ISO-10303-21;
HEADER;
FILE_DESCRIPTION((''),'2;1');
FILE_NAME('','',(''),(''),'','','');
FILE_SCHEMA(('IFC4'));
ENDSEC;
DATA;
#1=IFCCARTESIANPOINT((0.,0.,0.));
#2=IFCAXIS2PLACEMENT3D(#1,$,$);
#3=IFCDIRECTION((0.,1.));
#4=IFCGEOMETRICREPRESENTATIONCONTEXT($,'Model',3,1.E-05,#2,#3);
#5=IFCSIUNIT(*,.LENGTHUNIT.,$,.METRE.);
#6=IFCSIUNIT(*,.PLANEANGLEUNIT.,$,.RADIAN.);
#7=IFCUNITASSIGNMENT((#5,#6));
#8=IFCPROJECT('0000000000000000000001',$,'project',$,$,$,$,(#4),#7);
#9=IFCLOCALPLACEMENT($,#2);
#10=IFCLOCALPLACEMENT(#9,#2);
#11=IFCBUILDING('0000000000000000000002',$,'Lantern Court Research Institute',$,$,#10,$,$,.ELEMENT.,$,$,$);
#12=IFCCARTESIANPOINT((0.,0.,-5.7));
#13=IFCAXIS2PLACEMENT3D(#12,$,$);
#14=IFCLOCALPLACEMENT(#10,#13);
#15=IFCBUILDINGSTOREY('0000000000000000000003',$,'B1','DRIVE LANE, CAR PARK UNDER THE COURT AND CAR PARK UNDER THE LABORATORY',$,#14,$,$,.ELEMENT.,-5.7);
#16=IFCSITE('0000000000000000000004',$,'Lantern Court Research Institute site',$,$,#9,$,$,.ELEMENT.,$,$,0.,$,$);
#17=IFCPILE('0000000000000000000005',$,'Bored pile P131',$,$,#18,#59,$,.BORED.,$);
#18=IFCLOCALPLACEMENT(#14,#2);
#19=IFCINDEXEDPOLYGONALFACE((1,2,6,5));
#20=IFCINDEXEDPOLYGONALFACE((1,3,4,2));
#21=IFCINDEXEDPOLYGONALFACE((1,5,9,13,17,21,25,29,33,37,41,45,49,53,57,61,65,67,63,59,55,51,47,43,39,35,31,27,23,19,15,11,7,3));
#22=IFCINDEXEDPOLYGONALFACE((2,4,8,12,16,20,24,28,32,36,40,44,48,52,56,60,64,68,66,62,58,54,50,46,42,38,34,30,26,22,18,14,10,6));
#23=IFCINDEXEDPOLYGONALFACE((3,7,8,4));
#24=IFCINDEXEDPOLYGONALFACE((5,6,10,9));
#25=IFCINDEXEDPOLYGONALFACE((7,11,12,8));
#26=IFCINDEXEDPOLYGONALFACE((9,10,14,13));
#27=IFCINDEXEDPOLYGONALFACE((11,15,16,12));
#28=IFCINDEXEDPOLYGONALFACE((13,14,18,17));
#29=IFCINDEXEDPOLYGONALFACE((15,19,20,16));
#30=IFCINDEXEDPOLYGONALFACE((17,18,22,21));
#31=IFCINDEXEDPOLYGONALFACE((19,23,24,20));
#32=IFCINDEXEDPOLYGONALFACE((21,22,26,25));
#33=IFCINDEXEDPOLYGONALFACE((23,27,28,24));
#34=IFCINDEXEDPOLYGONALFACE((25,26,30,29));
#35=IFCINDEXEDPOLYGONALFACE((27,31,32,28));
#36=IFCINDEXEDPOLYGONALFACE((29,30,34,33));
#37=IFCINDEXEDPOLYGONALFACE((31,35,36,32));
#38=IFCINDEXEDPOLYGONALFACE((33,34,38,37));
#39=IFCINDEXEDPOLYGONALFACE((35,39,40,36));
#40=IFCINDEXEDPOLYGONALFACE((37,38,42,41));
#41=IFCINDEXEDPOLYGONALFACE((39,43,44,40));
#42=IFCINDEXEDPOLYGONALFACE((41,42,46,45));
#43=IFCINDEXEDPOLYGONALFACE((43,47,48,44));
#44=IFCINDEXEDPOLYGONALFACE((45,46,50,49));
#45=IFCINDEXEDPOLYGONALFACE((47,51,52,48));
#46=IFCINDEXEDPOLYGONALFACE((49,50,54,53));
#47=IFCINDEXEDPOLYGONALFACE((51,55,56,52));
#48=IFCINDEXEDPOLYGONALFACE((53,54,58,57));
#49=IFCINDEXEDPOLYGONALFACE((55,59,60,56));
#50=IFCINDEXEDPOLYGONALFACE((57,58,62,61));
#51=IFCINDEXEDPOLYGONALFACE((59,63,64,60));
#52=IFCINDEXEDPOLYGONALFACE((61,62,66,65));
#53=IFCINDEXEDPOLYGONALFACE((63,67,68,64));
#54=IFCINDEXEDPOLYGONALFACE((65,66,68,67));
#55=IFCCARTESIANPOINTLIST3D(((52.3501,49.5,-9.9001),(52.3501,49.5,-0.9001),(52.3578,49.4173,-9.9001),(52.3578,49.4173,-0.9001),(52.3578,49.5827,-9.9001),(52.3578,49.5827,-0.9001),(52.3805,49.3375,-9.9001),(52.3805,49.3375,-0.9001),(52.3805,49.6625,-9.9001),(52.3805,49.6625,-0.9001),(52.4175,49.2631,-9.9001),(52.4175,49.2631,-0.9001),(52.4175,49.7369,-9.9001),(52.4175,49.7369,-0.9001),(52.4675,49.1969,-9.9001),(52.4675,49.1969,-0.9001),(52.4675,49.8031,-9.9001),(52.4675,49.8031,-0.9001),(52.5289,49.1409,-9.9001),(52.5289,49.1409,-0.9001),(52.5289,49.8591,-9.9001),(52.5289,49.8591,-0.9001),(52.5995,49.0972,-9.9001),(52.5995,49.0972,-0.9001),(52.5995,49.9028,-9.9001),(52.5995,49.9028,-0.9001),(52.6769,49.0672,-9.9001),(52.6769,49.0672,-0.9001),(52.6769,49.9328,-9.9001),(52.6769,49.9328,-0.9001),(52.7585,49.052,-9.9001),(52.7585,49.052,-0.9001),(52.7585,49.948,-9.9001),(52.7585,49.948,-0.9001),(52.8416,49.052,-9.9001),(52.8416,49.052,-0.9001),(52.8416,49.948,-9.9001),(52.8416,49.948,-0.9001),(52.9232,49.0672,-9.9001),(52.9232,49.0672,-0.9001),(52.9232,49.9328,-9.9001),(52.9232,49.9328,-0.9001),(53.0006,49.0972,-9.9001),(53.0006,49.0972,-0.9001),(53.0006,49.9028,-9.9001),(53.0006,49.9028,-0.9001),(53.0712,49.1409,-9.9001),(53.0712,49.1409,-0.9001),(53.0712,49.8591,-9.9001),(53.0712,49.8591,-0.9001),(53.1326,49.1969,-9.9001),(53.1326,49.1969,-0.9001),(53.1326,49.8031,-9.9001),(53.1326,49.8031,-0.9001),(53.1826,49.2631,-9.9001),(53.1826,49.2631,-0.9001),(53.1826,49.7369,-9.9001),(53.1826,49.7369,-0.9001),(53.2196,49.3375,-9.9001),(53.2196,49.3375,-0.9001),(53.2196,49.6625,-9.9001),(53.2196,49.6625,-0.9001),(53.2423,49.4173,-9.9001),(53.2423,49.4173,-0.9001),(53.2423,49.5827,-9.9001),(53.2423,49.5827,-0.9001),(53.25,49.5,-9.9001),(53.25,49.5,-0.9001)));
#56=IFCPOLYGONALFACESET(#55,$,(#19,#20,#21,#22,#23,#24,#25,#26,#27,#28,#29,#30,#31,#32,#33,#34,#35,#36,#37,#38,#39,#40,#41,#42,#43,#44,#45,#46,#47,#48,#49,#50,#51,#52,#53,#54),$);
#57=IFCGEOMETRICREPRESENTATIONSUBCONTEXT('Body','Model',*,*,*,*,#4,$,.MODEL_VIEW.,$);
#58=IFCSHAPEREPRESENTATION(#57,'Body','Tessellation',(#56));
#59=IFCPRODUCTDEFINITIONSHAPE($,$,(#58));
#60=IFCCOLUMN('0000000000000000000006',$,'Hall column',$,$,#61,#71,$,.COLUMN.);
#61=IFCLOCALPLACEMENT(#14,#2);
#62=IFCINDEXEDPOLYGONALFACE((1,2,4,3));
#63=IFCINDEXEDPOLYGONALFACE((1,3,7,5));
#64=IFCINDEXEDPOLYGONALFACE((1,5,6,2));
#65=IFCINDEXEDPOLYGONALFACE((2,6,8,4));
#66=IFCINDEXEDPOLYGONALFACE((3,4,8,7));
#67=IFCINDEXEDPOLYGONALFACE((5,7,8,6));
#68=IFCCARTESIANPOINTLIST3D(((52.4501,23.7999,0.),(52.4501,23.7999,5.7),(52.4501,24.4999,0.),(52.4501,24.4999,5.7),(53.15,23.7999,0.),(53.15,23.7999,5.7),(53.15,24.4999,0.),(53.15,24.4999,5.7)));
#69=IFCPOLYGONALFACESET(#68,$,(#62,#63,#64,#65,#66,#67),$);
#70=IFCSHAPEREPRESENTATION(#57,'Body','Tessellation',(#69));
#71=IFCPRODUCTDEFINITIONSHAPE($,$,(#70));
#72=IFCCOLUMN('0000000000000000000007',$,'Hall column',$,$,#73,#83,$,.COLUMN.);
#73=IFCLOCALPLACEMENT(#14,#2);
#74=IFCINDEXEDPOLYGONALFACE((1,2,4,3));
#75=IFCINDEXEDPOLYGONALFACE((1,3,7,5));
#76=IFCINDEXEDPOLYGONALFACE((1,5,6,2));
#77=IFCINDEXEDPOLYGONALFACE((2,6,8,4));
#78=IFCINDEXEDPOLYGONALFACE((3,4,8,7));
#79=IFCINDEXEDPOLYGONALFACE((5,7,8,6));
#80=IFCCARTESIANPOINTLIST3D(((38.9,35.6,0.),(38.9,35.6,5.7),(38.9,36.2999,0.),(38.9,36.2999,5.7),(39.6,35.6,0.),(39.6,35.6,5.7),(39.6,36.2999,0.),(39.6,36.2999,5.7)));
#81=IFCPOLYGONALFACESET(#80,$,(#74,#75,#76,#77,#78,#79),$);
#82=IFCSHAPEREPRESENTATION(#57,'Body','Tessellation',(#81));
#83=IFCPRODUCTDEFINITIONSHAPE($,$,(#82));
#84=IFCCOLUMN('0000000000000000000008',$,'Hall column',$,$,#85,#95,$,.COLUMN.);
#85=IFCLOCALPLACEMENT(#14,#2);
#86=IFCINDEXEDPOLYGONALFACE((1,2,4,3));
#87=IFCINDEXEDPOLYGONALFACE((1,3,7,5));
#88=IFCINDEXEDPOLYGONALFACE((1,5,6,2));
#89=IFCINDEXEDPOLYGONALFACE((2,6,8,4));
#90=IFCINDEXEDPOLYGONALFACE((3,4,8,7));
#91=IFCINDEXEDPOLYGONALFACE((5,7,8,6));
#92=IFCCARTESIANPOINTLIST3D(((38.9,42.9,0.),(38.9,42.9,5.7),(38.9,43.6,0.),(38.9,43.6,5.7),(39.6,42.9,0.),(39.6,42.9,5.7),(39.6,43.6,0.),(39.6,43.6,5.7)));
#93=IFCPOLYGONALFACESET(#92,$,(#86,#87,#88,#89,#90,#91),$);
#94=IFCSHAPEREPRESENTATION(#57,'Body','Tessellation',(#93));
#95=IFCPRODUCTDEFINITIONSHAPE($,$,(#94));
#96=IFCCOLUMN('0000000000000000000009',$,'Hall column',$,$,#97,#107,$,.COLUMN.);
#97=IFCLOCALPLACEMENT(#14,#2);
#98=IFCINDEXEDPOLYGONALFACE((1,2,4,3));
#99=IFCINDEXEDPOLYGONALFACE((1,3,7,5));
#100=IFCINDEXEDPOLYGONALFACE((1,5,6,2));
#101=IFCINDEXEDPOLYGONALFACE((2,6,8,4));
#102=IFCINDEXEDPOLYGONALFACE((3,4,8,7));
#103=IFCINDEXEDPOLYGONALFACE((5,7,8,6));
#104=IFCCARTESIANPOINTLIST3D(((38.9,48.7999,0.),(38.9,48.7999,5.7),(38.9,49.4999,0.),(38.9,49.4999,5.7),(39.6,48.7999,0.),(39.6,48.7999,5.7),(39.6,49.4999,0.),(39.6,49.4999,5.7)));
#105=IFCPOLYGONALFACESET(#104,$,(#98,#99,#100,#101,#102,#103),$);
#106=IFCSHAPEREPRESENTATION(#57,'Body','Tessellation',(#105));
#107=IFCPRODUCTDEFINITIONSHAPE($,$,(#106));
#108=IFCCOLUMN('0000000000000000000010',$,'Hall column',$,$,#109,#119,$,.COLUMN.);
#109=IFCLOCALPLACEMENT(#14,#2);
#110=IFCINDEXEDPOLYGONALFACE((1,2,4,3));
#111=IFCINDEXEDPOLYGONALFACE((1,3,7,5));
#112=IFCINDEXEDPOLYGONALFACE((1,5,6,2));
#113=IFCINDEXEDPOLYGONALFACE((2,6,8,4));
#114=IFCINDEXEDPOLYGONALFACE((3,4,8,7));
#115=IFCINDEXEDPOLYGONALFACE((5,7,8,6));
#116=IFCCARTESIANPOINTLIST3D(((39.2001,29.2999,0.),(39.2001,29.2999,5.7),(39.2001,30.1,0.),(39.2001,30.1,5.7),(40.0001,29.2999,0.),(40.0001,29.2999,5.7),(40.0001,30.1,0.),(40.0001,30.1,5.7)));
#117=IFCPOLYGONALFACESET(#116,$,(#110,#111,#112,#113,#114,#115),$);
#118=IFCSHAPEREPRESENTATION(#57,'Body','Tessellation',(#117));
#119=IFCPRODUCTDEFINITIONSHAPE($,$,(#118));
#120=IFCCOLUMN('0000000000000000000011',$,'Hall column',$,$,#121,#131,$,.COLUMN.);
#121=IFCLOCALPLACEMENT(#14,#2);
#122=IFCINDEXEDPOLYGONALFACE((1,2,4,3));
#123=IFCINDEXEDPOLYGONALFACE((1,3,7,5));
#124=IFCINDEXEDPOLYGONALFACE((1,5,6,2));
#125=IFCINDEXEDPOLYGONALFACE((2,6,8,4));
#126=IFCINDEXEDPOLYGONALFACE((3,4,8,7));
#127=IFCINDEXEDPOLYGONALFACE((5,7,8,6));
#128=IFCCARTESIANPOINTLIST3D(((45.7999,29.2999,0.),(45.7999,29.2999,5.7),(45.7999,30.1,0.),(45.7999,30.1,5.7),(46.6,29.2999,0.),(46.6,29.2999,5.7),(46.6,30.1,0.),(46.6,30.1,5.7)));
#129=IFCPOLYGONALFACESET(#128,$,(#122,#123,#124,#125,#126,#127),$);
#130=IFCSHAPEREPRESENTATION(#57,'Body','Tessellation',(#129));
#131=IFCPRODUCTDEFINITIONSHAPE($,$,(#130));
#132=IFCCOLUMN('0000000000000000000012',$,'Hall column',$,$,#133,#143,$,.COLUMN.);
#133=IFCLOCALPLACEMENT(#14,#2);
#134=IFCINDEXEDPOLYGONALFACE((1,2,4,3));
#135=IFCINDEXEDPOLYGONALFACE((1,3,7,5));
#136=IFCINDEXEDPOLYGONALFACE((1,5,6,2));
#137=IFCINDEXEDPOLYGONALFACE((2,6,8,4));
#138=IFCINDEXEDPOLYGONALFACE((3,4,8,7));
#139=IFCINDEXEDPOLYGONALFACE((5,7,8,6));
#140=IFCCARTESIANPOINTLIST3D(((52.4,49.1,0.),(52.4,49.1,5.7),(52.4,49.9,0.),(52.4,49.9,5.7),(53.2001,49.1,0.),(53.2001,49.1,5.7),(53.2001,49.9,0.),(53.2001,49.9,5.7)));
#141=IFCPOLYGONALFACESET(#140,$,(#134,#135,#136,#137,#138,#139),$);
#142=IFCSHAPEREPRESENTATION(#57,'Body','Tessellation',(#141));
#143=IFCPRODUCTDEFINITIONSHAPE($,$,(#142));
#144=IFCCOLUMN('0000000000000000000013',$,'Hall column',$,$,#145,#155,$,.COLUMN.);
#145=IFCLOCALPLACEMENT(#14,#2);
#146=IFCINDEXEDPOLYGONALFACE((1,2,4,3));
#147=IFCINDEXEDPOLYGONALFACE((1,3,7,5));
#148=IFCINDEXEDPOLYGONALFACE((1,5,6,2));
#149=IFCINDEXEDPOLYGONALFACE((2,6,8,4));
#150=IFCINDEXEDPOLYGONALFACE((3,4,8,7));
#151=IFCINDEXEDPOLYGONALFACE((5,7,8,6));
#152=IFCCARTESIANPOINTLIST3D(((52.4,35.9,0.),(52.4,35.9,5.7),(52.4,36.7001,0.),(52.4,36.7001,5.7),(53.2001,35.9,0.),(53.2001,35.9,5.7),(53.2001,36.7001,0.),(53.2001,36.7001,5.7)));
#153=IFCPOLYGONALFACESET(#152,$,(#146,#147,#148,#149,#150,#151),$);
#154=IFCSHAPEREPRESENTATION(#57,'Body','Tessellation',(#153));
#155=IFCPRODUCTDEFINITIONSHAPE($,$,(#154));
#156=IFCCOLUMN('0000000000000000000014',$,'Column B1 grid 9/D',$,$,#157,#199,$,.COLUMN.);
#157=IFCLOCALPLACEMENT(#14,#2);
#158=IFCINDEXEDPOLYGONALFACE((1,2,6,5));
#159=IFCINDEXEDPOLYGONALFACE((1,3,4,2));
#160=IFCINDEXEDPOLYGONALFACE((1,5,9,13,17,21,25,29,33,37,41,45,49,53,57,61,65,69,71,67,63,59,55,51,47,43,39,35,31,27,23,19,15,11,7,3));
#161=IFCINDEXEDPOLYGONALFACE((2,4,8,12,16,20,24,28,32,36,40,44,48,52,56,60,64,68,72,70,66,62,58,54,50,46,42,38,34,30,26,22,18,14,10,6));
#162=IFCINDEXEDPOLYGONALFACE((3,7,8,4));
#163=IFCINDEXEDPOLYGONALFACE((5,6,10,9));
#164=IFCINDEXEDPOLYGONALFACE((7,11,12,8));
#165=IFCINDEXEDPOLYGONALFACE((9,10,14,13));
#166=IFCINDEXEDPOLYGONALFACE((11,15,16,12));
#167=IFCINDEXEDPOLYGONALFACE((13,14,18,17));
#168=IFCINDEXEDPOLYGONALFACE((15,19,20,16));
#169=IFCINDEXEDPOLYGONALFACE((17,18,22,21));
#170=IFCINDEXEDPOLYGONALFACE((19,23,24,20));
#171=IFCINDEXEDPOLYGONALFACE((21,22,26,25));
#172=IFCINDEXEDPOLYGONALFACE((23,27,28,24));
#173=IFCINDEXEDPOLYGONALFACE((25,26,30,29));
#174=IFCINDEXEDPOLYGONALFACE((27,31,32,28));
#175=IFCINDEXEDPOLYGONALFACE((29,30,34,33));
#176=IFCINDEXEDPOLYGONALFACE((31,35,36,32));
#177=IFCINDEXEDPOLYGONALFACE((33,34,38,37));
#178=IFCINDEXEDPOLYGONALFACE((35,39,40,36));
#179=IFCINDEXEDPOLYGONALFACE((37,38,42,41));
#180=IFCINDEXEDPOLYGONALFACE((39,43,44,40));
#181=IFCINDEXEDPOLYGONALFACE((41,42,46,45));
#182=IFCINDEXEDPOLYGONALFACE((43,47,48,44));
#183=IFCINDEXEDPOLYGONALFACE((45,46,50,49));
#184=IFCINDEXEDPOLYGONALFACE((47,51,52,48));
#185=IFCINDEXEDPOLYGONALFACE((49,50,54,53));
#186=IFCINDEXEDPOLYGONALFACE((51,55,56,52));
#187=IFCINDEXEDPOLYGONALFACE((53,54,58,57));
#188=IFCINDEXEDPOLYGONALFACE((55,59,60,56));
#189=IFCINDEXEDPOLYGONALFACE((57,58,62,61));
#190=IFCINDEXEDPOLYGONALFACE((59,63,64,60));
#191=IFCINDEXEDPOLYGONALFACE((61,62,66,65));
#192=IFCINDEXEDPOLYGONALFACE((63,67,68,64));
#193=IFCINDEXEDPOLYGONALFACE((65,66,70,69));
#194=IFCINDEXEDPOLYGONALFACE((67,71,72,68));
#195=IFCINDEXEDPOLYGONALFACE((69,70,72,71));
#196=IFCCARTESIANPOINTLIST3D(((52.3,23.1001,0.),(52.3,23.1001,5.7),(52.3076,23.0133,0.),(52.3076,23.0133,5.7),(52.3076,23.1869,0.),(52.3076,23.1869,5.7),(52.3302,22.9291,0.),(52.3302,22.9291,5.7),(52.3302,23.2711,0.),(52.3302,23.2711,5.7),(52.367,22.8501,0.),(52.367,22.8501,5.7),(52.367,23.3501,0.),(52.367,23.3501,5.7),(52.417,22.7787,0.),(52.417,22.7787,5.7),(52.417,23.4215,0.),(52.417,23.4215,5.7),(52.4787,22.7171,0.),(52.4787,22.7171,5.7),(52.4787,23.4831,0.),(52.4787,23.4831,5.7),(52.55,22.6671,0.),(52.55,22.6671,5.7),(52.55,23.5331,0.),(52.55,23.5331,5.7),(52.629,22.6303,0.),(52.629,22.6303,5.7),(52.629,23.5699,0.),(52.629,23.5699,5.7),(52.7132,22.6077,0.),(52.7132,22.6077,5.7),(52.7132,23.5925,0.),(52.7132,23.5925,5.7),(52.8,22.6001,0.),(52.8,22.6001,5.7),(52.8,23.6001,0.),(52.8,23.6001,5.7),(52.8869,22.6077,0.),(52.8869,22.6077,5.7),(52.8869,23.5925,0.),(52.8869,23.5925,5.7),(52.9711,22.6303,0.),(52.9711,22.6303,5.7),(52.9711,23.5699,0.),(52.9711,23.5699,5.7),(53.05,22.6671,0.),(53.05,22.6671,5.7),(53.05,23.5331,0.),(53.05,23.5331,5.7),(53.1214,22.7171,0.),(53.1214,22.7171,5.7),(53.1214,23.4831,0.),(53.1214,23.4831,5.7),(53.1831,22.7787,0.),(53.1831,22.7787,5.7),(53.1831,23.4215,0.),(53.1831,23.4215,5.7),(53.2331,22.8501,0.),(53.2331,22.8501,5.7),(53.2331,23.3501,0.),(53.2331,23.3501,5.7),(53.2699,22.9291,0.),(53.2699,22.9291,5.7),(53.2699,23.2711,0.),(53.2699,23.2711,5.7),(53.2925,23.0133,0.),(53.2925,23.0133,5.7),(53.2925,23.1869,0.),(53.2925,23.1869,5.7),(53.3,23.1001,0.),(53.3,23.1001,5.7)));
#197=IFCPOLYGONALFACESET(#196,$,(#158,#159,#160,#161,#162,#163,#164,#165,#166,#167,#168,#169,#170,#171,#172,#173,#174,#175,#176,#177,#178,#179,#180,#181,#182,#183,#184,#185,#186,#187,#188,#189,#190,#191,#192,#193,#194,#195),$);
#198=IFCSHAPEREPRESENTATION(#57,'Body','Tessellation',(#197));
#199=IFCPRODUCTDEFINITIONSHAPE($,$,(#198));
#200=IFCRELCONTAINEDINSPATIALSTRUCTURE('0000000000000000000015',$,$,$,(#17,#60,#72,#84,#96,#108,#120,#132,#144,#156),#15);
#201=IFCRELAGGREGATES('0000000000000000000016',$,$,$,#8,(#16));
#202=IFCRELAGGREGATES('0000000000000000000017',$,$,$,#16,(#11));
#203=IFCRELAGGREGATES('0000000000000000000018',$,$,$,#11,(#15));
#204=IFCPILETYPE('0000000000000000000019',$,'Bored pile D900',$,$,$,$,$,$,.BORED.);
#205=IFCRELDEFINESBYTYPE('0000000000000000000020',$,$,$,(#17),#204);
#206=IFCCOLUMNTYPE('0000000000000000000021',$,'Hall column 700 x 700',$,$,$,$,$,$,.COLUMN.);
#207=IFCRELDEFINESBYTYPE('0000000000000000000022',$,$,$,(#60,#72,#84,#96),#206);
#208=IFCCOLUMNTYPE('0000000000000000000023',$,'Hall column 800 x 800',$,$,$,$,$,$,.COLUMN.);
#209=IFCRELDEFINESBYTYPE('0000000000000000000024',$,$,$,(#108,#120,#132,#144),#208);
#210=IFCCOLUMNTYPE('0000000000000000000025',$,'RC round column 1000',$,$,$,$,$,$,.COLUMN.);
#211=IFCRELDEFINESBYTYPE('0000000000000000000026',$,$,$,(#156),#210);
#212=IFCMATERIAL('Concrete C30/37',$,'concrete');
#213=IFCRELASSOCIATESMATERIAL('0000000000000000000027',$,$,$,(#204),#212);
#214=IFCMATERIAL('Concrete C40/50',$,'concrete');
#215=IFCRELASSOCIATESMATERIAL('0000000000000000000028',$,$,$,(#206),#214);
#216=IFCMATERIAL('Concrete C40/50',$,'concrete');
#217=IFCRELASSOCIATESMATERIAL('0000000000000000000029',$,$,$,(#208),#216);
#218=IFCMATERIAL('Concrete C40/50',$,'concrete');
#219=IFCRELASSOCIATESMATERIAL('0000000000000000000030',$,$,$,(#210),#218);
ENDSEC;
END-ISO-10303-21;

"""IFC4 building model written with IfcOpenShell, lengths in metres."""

from ifc_helpers import new_model, si_unit, direction, frame, origin, origin_2d, place, context, subcontext, project, spatial, rectangle, circle, extrude, material, material_profile, profile_set, type_object, element, save


model = new_model("IFC4")

# Units and contexts
model_context = context("Model", 3, precision=1e-05, world=origin(), true_north=direction((0.0, 1.0)))
body_context = subcontext(model_context, "Body", "Model", "MODEL_VIEW")
ifc_project = project(units=[si_unit("LENGTHUNIT", "METRE"), si_unit("PLANEANGLEUNIT", "RADIAN")], contexts=[model_context])

# Site, building, storey
site_placement = place(None, origin())
site = spatial("IfcSite", under=ifc_project, at=site_placement, Name="Lantern Court Research Institute site", CompositionType="ELEMENT", RefElevation=0.0)
building_placement = place(site_placement, origin())
building = spatial("IfcBuilding", under=site, at=building_placement, Name="Lantern Court Research Institute", CompositionType="ELEMENT")
storey_placement = place(building_placement, frame((0.0, 0.0, -5.7)))
storey = spatial("IfcBuildingStorey", under=building, at=storey_placement, Name="B1", Description="DRIVE LANE, CAR PARK UNDER THE COURT AND CAR PARK UNDER THE LABORATORY", CompositionType="ELEMENT", Elevation=-5.7)

# Pile
ifc_material_1 = material(Name="Concrete C30/37", Category="concrete")
ifc_material_profile_1 = material_profile(ifc_material_1, circle(Radius=0.45, at=origin_2d()), Name="Bored pile D900")
ifc_profile_set_1 = profile_set([ifc_material_profile_1], Name="Concrete C30/37")
pile_type_1 = type_object("IfcPileType", Name="Bored pile D900", PredefinedType="BORED", material=ifc_profile_set_1)
for number, where, z_axis, x_axis, name in (
    (1, (52.8, 49.5, -0.9001), (0.0, 0.0, -1.0), (1.0, 0.0, 0.0), "Bored pile P131"),
):
    element("IfcPile", number, at=place(storey_placement, frame(where, z_axis=z_axis, x_axis=x_axis)), inside=storey, type_object=pile_type_1, Name=name, PredefinedType="BORED", context=body_context, shape_type="SweptSolid", body=[
        extrude(circle(Radius=0.45, at=origin_2d()), origin(), (0.0, 0.0, 1.0), 9.0),
    ])

# Columns
ifc_material_2 = material(Name="Concrete C40/50", Category="concrete")
ifc_material_profile_2 = material_profile(ifc_material_2, rectangle(XDim=0.7, YDim=0.7, at=origin_2d()), Name="Hall column 700 x 700")
ifc_profile_set_2 = profile_set([ifc_material_profile_2], Name="Concrete C40/50")
column_type_1 = type_object("IfcColumnType", Name="Hall column 700 x 700", PredefinedType="COLUMN", material=ifc_profile_set_2)
for number, where, z_axis, x_axis, name in (
    (2, (52.8, 24.1499, 0.0), (0.0, 0.0, 1.0), (1.0, 0.0, 0.0), "Hall column"),
    (3, (39.25, 35.95, 0.0), (0.0, 0.0, 1.0), (1.0, 0.0, 0.0), "Hall column"),
    (4, (39.25, 43.25, 0.0), (0.0, 0.0, 1.0), (1.0, 0.0, 0.0), "Hall column"),
    (5, (39.25, 49.1499, 0.0), (0.0, 0.0, 1.0), (1.0, 0.0, 0.0), "Hall column"),
):
    element("IfcColumn", number, at=place(storey_placement, frame(where, z_axis=z_axis, x_axis=x_axis)), inside=storey, type_object=column_type_1, Name=name, PredefinedType="COLUMN", context=body_context, shape_type="SweptSolid", body=[
        extrude(rectangle(XDim=0.7, YDim=0.7, at=origin_2d()), origin(), (0.0, 0.0, 1.0), 5.7),
    ])
ifc_material_3 = material(Name="Concrete C40/50", Category="concrete")
ifc_material_profile_3 = material_profile(ifc_material_3, rectangle(XDim=0.8, YDim=0.8, at=origin_2d()), Name="Hall column 800 x 800")
ifc_profile_set_3 = profile_set([ifc_material_profile_3], Name="Concrete C40/50")
column_type_2 = type_object("IfcColumnType", Name="Hall column 800 x 800", PredefinedType="COLUMN", material=ifc_profile_set_3)
for number, where, z_axis, x_axis, name in (
    (6, (39.6001, 29.7, 0.0), (0.0, 0.0, 1.0), (1.0, 0.0, 0.0), "Hall column"),
    (7, (46.2, 29.7, 0.0), (0.0, 0.0, 1.0), (1.0, 0.0, 0.0), "Hall column"),
    (8, (52.8, 49.5, 0.0), (0.0, 0.0, 1.0), (1.0, 0.0, 0.0), "Hall column"),
    (9, (52.8, 36.3, 0.0), (0.0, 0.0, 1.0), (1.0, 0.0, 0.0), "Hall column"),
):
    element("IfcColumn", number, at=place(storey_placement, frame(where, z_axis=z_axis, x_axis=x_axis)), inside=storey, type_object=column_type_2, Name=name, PredefinedType="COLUMN", context=body_context, shape_type="SweptSolid", body=[
        extrude(rectangle(XDim=0.8, YDim=0.8, at=origin_2d()), origin(), (0.0, 0.0, 1.0), 5.7),
    ])
ifc_material_4 = material(Name="Concrete C40/50", Category="concrete")
ifc_material_profile_4 = material_profile(ifc_material_4, circle(Radius=0.5, at=origin_2d()), Name="RC round column 1000")
ifc_profile_set_4 = profile_set([ifc_material_profile_4], Name="Concrete C40/50")
column_type_3 = type_object("IfcColumnType", Name="RC round column 1000", PredefinedType="COLUMN", material=ifc_profile_set_4)
column_1_placement = place(storey_placement, frame((52.8, 23.1001, 0.0), z_axis=(0.0, 0.0, 1.0), x_axis=(1.0, 0.0, 0.0)))
element("IfcColumn", 10, at=column_1_placement, inside=storey, type_object=column_type_3, Name="Column B1 grid 9/D", PredefinedType="COLUMN", context=body_context, shape_type="SweptSolid", body=[
    extrude(circle(Radius=0.5, at=origin_2d()), origin(), (0.0, 0.0, 1.0), 5.7),
])

save(model, "model.ifc")
